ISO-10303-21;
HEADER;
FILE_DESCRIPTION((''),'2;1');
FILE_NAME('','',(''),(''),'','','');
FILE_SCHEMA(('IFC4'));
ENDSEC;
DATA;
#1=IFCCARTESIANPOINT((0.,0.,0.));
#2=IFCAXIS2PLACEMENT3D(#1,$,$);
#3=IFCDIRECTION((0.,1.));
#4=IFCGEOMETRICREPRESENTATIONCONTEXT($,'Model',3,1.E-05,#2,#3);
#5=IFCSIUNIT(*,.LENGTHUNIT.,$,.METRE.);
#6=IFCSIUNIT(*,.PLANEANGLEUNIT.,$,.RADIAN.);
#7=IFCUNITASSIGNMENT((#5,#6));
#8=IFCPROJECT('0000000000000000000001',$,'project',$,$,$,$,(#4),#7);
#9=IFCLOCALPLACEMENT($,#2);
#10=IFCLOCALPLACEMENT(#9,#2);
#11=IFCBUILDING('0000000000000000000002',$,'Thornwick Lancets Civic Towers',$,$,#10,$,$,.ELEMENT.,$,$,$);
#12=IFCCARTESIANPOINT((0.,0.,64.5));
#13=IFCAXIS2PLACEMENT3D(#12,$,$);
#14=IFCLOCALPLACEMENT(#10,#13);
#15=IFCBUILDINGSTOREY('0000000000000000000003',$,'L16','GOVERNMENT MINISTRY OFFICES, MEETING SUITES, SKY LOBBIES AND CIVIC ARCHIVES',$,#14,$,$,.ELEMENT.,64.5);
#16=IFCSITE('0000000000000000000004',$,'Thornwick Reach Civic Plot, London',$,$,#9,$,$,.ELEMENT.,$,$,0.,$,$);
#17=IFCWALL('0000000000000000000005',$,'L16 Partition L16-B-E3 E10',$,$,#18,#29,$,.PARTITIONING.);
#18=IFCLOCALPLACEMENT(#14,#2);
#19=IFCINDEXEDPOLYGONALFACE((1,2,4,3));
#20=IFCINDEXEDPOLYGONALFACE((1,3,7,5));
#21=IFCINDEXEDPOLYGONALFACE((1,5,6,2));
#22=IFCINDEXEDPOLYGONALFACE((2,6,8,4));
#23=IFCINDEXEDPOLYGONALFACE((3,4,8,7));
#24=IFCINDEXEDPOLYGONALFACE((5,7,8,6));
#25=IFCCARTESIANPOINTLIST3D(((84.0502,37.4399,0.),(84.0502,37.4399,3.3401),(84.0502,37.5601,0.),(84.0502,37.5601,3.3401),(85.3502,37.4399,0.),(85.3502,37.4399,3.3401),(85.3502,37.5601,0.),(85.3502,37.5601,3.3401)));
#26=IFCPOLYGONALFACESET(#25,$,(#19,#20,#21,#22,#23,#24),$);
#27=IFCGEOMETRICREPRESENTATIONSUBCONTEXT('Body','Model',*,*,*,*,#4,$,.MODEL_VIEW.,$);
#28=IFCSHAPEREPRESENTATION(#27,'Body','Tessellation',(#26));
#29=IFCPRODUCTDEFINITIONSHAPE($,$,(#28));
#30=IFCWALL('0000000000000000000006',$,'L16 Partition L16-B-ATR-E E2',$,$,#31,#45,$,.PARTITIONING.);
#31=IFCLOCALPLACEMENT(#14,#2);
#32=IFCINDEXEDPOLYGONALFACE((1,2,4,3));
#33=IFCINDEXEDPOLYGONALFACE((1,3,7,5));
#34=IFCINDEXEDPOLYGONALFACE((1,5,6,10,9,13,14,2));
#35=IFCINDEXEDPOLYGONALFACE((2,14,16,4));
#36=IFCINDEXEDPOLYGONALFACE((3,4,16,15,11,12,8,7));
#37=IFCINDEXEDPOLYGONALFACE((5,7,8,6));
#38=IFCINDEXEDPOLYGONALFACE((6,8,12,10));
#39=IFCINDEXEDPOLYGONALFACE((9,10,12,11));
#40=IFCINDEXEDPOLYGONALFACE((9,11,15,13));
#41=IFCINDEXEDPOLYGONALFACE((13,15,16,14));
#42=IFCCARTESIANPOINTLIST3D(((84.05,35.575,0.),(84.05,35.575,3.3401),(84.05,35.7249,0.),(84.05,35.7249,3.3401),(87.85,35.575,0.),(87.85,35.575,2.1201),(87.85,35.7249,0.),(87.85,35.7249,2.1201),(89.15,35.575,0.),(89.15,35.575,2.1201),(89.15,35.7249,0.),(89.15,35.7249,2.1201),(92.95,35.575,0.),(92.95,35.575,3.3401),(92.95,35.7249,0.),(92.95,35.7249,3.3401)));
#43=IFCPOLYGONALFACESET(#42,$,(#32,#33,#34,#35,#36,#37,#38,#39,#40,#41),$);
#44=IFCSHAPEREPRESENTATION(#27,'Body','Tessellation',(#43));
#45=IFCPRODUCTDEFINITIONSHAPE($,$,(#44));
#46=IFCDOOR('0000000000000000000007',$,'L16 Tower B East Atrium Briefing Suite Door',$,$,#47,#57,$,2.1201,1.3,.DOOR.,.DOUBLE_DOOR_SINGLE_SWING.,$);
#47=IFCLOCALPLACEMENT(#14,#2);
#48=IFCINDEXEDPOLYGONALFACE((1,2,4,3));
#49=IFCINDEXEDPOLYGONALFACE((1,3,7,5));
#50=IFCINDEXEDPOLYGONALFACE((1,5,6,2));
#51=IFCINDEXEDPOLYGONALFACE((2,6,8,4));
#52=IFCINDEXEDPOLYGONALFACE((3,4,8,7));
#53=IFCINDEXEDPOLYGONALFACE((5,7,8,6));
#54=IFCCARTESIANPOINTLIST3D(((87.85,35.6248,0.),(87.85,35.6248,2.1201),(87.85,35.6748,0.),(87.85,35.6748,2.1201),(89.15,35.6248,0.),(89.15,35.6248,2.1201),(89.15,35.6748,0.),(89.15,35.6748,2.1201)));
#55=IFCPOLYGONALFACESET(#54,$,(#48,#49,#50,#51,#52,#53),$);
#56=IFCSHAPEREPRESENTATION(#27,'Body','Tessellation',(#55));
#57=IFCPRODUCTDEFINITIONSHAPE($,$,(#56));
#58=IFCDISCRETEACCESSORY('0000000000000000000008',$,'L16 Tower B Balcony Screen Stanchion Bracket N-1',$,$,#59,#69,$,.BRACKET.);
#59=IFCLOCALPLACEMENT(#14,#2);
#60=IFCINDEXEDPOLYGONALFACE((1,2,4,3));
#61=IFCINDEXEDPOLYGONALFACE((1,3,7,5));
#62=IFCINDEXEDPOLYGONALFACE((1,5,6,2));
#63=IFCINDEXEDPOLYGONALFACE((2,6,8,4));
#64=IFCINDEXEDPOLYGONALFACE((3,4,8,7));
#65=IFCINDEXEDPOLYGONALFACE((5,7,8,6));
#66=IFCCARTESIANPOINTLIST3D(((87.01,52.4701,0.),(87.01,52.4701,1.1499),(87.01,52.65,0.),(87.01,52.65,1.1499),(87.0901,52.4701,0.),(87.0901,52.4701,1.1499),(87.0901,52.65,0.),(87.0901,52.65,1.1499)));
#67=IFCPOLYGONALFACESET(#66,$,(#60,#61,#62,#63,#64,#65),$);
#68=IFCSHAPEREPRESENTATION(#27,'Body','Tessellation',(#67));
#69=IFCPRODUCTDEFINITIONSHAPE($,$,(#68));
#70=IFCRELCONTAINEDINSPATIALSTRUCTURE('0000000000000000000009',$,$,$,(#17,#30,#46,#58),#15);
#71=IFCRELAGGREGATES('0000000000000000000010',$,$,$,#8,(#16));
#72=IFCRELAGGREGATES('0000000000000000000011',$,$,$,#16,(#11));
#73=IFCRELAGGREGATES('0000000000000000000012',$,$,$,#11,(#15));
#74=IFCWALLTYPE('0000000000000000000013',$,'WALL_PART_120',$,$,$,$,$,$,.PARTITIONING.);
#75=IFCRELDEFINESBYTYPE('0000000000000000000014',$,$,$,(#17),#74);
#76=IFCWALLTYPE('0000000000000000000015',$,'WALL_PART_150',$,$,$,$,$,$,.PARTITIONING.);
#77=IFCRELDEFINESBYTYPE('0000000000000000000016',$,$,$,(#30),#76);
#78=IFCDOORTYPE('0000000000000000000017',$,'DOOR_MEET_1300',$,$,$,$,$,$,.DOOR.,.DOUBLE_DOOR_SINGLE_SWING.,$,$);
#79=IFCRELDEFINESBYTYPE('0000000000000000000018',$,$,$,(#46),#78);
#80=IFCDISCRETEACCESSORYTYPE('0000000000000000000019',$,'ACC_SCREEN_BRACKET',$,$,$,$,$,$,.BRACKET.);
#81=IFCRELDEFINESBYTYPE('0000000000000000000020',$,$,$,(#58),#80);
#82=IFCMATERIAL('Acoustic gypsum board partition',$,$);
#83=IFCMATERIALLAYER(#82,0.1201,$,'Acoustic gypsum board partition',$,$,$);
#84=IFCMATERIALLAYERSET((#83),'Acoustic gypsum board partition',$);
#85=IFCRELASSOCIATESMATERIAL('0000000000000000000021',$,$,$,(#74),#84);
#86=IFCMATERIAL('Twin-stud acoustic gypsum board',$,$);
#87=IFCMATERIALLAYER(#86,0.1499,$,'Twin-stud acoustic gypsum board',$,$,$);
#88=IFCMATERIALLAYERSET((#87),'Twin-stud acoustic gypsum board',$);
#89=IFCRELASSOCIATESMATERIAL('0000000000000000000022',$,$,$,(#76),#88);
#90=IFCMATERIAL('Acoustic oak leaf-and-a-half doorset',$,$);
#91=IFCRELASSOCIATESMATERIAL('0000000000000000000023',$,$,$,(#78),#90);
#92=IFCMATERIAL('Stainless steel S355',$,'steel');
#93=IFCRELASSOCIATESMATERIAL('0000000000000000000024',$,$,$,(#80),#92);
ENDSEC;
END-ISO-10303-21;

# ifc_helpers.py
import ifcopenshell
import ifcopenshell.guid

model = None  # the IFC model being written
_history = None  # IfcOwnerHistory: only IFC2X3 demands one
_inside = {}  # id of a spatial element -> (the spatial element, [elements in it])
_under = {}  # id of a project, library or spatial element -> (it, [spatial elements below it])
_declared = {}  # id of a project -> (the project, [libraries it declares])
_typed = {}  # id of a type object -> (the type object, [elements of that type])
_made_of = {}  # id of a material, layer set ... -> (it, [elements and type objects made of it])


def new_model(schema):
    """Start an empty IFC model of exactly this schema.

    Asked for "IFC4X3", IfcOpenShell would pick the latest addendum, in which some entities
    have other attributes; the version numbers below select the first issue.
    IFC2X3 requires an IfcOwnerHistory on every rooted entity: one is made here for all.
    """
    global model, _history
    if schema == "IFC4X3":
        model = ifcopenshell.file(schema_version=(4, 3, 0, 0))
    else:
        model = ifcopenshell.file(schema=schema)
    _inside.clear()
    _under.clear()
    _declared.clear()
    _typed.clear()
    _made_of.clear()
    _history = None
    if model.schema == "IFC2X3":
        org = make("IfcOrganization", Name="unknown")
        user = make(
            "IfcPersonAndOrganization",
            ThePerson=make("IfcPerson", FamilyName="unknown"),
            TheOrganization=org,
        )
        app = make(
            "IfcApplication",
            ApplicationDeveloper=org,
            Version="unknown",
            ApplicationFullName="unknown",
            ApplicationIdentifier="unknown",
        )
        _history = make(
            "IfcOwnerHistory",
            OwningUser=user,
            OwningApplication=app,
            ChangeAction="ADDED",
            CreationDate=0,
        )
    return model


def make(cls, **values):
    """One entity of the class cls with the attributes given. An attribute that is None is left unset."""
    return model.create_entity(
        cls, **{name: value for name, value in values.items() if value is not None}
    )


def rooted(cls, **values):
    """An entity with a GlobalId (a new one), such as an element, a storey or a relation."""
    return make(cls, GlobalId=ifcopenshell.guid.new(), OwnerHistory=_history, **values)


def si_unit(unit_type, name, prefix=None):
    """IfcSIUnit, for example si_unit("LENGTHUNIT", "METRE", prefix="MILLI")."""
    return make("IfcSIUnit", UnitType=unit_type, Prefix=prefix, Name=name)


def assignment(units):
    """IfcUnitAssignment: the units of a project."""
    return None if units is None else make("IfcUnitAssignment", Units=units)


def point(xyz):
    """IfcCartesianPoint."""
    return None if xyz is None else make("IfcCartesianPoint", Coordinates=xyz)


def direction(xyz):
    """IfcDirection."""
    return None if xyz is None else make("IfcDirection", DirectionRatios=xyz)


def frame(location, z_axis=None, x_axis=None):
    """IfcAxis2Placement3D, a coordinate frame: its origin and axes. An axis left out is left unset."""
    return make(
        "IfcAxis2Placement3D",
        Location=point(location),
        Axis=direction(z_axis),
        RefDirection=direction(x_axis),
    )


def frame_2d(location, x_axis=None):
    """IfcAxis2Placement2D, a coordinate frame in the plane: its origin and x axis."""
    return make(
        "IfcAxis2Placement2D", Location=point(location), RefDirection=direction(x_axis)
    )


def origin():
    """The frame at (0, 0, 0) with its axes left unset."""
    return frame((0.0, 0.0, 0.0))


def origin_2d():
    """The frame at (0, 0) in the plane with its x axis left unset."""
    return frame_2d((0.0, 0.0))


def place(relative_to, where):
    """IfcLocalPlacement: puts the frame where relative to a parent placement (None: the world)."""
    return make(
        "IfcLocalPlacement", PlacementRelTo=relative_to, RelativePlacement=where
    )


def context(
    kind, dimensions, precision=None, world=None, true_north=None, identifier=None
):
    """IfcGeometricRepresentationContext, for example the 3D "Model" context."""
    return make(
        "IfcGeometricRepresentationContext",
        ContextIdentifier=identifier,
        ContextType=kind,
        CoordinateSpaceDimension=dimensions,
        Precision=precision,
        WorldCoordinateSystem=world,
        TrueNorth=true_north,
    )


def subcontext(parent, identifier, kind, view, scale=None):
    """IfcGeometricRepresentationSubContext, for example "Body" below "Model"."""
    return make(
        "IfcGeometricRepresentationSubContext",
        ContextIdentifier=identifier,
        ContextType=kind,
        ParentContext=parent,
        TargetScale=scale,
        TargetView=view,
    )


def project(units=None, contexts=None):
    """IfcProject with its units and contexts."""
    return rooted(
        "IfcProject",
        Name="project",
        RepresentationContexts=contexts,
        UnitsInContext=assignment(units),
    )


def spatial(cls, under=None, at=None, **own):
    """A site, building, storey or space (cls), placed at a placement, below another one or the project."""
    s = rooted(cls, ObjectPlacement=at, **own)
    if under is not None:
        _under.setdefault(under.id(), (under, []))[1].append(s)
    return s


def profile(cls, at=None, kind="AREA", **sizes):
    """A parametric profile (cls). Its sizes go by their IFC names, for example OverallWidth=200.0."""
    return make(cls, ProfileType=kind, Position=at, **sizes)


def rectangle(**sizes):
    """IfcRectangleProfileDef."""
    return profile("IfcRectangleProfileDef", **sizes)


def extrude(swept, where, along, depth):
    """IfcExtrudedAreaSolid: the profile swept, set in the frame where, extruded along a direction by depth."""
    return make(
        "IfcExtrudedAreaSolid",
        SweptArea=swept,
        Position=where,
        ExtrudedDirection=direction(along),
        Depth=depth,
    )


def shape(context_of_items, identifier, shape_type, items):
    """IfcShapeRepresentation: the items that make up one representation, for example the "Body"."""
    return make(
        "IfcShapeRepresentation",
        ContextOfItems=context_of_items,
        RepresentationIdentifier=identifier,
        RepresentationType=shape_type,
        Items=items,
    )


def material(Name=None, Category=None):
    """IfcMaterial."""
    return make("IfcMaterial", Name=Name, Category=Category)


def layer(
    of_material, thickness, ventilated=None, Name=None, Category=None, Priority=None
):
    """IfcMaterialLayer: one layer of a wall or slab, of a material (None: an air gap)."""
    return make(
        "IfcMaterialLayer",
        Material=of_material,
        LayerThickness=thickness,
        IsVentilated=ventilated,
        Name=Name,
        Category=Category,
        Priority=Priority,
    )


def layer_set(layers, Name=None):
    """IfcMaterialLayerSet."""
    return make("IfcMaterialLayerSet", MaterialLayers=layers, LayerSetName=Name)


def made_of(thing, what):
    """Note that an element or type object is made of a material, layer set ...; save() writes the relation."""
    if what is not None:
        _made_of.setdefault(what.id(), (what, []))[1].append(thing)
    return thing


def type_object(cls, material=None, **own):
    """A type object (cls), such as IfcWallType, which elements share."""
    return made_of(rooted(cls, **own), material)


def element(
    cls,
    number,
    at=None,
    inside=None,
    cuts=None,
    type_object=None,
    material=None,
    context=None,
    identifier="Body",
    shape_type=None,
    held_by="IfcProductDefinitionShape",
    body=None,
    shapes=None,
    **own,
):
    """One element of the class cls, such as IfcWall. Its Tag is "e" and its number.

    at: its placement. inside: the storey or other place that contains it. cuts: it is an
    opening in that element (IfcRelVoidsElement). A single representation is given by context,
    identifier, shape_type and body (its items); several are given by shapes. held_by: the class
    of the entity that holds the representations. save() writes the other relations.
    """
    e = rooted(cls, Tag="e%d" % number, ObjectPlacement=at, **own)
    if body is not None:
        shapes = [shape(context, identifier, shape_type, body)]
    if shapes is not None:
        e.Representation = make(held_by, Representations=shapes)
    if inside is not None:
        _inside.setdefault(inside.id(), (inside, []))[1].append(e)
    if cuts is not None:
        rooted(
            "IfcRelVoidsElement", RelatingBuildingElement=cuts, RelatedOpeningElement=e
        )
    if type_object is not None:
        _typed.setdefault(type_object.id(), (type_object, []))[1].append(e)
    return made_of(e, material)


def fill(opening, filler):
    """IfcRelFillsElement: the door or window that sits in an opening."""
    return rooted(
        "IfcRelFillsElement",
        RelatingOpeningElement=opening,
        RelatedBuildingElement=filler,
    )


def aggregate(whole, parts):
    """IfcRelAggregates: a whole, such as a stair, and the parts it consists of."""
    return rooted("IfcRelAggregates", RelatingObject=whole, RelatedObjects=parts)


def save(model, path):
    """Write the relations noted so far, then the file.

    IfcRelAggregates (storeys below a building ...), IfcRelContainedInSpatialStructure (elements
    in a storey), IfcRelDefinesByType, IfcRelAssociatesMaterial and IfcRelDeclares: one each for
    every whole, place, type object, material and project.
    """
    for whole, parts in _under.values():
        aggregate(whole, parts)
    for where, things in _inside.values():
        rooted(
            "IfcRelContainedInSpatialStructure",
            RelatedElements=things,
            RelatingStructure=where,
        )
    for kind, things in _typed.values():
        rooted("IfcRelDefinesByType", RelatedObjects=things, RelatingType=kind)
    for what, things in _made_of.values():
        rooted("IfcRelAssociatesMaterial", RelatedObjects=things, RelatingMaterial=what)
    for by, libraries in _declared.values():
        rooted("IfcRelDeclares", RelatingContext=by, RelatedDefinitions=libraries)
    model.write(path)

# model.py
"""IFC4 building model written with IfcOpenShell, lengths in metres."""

from ifc_helpers import new_model, si_unit, direction, frame, frame_2d, origin, origin_2d, place, context, subcontext, project, spatial, rectangle, extrude, material, layer, layer_set, type_object, element, fill, save


model = new_model("IFC4")

# Units and contexts
model_context = context("Model", 3, precision=1e-05, world=origin(), true_north=direction((0.0, 1.0)))
body_context = subcontext(model_context, "Body", "Model", "MODEL_VIEW")
ifc_project = project(units=[si_unit("LENGTHUNIT", "METRE"), si_unit("PLANEANGLEUNIT", "RADIAN")], contexts=[model_context])

# Site, building, storey
site_placement = place(None, origin())
site = spatial("IfcSite", under=ifc_project, at=site_placement, Name="Thornwick Reach Civic Plot, London", CompositionType="ELEMENT", RefElevation=0.0)
building_placement = place(site_placement, origin())
building = spatial("IfcBuilding", under=site, at=building_placement, Name="Thornwick Lancets Civic Towers", CompositionType="ELEMENT")
storey_placement = place(building_placement, frame((0.0, 0.0, 64.5)))
storey = spatial("IfcBuildingStorey", under=building, at=storey_placement, Name="L16", Description="GOVERNMENT MINISTRY OFFICES, MEETING SUITES, SKY LOBBIES AND CIVIC ARCHIVES", CompositionType="ELEMENT", Elevation=64.5)

# Shared definitions
ifc_material_1 = material(Name="Acoustic gypsum board partition")
ifc_layer_1 = layer(ifc_material_1, 0.1201, Name="Acoustic gypsum board partition")
ifc_layer_set_1 = layer_set([ifc_layer_1], Name="Acoustic gypsum board partition")
wall_type_1 = type_object("IfcWallType", Name="WALL_PART_120", PredefinedType="PARTITIONING", material=ifc_layer_set_1)

# Wall
wall_1_placement = place(storey_placement, frame((85.3501, 37.5, 0.0), z_axis=(0.0, 0.0, 1.0), x_axis=(-1.0, 0.0, 0.0)))
element("IfcWall", 1, at=wall_1_placement, inside=storey, type_object=wall_type_1, Name="L16 Partition L16-B-E3 E10", PredefinedType="PARTITIONING", context=body_context, shape_type="SweptSolid", body=[
    extrude(rectangle(XDim=1.3, YDim=0.1201, at=frame_2d((0.6499, 0.0))), origin(), (0.0, 0.0, 1.0), 3.3401),
])

# Wall, opening, door
ifc_material_2 = material(Name="Twin-stud acoustic gypsum board")
ifc_layer_2 = layer(ifc_material_2, 0.1499, Name="Twin-stud acoustic gypsum board")
ifc_layer_set_2 = layer_set([ifc_layer_2], Name="Twin-stud acoustic gypsum board")
wall_type_2 = type_object("IfcWallType", Name="WALL_PART_150", PredefinedType="PARTITIONING", material=ifc_layer_set_2)
wall_2_placement = place(storey_placement, frame((84.05, 35.6499, 0.0), z_axis=(0.0, 0.0, 1.0), x_axis=(1.0, 0.0, 0.0)))
wall_2 = element("IfcWall", 2, at=wall_2_placement, inside=storey, type_object=wall_type_2, Name="L16 Partition L16-B-ATR-E E2", PredefinedType="PARTITIONING", context=body_context, shape_type="SweptSolid", body=[
    extrude(rectangle(XDim=8.8999, YDim=0.1499, at=frame_2d((4.45, 0.0))), origin(), (0.0, 0.0, 1.0), 3.3401),
])
opening_1_placement = place(wall_2_placement, frame((3.8, 0.0, 0.0)))
opening_1 = element("IfcOpeningElement", 3, at=opening_1_placement, cuts=wall_2, PredefinedType="OPENING", context=body_context, shape_type="SweptSolid", body=[
    extrude(rectangle(XDim=1.3, YDim=2.1201, at=frame_2d((0.6499, 1.0601))), frame((0.0, 0.085, 0.0), z_axis=(0.0, -1.0, 0.0), x_axis=(1.0, 0.0, 0.0)), (0.0, 0.0, 1.0), 0.1699),
])
ifc_material_3 = material(Name="Acoustic oak leaf-and-a-half doorset")
door_type_1 = type_object("IfcDoorType", Name="DOOR_MEET_1300", OperationType="DOUBLE_DOOR_SINGLE_SWING", PredefinedType="DOOR", material=ifc_material_3)
door_1_placement = place(opening_1_placement, origin())
door_1 = element("IfcDoor", 4, at=door_1_placement, inside=storey, type_object=door_type_1, Name="L16 Tower B East Atrium Briefing Suite Door", OperationType="DOUBLE_DOOR_SINGLE_SWING", OverallHeight=2.1201, OverallWidth=1.3, PredefinedType="DOOR", context=body_context, shape_type="SweptSolid", body=[
    extrude(rectangle(XDim=1.3, YDim=2.1201, at=frame_2d((0.6499, 1.0601))), frame((0.0, 0.0249, 0.0), z_axis=(0.0, -1.0, 0.0), x_axis=(1.0, 0.0, 0.0)), (0.0, 0.0, 1.0), 0.05),
])
fill(opening_1, door_1)

# Discrete accessory
ifc_material_4 = material(Name="Stainless steel S355", Category="steel")
discrete_accessory_type = type_object("IfcDiscreteAccessoryType", Name="ACC_SCREEN_BRACKET", PredefinedType="BRACKET", material=ifc_material_4)
discrete_accessory_placement = place(storey_placement, frame((87.05, 52.5601, 0.0), z_axis=(0.0, 0.0, 1.0), x_axis=(1.0, 0.0, 0.0)))
element("IfcDiscreteAccessory", 5, at=discrete_accessory_placement, inside=storey, type_object=discrete_accessory_type, Name="L16 Tower B Balcony Screen Stanchion Bracket N-1", PredefinedType="BRACKET", context=body_context, shape_type="SweptSolid", body=[
    extrude(rectangle(XDim=0.0801, YDim=0.1799, at=origin_2d()), origin(), (0.0, 0.0, 1.0), 1.1499),
])

save(model, "model.ifc")
